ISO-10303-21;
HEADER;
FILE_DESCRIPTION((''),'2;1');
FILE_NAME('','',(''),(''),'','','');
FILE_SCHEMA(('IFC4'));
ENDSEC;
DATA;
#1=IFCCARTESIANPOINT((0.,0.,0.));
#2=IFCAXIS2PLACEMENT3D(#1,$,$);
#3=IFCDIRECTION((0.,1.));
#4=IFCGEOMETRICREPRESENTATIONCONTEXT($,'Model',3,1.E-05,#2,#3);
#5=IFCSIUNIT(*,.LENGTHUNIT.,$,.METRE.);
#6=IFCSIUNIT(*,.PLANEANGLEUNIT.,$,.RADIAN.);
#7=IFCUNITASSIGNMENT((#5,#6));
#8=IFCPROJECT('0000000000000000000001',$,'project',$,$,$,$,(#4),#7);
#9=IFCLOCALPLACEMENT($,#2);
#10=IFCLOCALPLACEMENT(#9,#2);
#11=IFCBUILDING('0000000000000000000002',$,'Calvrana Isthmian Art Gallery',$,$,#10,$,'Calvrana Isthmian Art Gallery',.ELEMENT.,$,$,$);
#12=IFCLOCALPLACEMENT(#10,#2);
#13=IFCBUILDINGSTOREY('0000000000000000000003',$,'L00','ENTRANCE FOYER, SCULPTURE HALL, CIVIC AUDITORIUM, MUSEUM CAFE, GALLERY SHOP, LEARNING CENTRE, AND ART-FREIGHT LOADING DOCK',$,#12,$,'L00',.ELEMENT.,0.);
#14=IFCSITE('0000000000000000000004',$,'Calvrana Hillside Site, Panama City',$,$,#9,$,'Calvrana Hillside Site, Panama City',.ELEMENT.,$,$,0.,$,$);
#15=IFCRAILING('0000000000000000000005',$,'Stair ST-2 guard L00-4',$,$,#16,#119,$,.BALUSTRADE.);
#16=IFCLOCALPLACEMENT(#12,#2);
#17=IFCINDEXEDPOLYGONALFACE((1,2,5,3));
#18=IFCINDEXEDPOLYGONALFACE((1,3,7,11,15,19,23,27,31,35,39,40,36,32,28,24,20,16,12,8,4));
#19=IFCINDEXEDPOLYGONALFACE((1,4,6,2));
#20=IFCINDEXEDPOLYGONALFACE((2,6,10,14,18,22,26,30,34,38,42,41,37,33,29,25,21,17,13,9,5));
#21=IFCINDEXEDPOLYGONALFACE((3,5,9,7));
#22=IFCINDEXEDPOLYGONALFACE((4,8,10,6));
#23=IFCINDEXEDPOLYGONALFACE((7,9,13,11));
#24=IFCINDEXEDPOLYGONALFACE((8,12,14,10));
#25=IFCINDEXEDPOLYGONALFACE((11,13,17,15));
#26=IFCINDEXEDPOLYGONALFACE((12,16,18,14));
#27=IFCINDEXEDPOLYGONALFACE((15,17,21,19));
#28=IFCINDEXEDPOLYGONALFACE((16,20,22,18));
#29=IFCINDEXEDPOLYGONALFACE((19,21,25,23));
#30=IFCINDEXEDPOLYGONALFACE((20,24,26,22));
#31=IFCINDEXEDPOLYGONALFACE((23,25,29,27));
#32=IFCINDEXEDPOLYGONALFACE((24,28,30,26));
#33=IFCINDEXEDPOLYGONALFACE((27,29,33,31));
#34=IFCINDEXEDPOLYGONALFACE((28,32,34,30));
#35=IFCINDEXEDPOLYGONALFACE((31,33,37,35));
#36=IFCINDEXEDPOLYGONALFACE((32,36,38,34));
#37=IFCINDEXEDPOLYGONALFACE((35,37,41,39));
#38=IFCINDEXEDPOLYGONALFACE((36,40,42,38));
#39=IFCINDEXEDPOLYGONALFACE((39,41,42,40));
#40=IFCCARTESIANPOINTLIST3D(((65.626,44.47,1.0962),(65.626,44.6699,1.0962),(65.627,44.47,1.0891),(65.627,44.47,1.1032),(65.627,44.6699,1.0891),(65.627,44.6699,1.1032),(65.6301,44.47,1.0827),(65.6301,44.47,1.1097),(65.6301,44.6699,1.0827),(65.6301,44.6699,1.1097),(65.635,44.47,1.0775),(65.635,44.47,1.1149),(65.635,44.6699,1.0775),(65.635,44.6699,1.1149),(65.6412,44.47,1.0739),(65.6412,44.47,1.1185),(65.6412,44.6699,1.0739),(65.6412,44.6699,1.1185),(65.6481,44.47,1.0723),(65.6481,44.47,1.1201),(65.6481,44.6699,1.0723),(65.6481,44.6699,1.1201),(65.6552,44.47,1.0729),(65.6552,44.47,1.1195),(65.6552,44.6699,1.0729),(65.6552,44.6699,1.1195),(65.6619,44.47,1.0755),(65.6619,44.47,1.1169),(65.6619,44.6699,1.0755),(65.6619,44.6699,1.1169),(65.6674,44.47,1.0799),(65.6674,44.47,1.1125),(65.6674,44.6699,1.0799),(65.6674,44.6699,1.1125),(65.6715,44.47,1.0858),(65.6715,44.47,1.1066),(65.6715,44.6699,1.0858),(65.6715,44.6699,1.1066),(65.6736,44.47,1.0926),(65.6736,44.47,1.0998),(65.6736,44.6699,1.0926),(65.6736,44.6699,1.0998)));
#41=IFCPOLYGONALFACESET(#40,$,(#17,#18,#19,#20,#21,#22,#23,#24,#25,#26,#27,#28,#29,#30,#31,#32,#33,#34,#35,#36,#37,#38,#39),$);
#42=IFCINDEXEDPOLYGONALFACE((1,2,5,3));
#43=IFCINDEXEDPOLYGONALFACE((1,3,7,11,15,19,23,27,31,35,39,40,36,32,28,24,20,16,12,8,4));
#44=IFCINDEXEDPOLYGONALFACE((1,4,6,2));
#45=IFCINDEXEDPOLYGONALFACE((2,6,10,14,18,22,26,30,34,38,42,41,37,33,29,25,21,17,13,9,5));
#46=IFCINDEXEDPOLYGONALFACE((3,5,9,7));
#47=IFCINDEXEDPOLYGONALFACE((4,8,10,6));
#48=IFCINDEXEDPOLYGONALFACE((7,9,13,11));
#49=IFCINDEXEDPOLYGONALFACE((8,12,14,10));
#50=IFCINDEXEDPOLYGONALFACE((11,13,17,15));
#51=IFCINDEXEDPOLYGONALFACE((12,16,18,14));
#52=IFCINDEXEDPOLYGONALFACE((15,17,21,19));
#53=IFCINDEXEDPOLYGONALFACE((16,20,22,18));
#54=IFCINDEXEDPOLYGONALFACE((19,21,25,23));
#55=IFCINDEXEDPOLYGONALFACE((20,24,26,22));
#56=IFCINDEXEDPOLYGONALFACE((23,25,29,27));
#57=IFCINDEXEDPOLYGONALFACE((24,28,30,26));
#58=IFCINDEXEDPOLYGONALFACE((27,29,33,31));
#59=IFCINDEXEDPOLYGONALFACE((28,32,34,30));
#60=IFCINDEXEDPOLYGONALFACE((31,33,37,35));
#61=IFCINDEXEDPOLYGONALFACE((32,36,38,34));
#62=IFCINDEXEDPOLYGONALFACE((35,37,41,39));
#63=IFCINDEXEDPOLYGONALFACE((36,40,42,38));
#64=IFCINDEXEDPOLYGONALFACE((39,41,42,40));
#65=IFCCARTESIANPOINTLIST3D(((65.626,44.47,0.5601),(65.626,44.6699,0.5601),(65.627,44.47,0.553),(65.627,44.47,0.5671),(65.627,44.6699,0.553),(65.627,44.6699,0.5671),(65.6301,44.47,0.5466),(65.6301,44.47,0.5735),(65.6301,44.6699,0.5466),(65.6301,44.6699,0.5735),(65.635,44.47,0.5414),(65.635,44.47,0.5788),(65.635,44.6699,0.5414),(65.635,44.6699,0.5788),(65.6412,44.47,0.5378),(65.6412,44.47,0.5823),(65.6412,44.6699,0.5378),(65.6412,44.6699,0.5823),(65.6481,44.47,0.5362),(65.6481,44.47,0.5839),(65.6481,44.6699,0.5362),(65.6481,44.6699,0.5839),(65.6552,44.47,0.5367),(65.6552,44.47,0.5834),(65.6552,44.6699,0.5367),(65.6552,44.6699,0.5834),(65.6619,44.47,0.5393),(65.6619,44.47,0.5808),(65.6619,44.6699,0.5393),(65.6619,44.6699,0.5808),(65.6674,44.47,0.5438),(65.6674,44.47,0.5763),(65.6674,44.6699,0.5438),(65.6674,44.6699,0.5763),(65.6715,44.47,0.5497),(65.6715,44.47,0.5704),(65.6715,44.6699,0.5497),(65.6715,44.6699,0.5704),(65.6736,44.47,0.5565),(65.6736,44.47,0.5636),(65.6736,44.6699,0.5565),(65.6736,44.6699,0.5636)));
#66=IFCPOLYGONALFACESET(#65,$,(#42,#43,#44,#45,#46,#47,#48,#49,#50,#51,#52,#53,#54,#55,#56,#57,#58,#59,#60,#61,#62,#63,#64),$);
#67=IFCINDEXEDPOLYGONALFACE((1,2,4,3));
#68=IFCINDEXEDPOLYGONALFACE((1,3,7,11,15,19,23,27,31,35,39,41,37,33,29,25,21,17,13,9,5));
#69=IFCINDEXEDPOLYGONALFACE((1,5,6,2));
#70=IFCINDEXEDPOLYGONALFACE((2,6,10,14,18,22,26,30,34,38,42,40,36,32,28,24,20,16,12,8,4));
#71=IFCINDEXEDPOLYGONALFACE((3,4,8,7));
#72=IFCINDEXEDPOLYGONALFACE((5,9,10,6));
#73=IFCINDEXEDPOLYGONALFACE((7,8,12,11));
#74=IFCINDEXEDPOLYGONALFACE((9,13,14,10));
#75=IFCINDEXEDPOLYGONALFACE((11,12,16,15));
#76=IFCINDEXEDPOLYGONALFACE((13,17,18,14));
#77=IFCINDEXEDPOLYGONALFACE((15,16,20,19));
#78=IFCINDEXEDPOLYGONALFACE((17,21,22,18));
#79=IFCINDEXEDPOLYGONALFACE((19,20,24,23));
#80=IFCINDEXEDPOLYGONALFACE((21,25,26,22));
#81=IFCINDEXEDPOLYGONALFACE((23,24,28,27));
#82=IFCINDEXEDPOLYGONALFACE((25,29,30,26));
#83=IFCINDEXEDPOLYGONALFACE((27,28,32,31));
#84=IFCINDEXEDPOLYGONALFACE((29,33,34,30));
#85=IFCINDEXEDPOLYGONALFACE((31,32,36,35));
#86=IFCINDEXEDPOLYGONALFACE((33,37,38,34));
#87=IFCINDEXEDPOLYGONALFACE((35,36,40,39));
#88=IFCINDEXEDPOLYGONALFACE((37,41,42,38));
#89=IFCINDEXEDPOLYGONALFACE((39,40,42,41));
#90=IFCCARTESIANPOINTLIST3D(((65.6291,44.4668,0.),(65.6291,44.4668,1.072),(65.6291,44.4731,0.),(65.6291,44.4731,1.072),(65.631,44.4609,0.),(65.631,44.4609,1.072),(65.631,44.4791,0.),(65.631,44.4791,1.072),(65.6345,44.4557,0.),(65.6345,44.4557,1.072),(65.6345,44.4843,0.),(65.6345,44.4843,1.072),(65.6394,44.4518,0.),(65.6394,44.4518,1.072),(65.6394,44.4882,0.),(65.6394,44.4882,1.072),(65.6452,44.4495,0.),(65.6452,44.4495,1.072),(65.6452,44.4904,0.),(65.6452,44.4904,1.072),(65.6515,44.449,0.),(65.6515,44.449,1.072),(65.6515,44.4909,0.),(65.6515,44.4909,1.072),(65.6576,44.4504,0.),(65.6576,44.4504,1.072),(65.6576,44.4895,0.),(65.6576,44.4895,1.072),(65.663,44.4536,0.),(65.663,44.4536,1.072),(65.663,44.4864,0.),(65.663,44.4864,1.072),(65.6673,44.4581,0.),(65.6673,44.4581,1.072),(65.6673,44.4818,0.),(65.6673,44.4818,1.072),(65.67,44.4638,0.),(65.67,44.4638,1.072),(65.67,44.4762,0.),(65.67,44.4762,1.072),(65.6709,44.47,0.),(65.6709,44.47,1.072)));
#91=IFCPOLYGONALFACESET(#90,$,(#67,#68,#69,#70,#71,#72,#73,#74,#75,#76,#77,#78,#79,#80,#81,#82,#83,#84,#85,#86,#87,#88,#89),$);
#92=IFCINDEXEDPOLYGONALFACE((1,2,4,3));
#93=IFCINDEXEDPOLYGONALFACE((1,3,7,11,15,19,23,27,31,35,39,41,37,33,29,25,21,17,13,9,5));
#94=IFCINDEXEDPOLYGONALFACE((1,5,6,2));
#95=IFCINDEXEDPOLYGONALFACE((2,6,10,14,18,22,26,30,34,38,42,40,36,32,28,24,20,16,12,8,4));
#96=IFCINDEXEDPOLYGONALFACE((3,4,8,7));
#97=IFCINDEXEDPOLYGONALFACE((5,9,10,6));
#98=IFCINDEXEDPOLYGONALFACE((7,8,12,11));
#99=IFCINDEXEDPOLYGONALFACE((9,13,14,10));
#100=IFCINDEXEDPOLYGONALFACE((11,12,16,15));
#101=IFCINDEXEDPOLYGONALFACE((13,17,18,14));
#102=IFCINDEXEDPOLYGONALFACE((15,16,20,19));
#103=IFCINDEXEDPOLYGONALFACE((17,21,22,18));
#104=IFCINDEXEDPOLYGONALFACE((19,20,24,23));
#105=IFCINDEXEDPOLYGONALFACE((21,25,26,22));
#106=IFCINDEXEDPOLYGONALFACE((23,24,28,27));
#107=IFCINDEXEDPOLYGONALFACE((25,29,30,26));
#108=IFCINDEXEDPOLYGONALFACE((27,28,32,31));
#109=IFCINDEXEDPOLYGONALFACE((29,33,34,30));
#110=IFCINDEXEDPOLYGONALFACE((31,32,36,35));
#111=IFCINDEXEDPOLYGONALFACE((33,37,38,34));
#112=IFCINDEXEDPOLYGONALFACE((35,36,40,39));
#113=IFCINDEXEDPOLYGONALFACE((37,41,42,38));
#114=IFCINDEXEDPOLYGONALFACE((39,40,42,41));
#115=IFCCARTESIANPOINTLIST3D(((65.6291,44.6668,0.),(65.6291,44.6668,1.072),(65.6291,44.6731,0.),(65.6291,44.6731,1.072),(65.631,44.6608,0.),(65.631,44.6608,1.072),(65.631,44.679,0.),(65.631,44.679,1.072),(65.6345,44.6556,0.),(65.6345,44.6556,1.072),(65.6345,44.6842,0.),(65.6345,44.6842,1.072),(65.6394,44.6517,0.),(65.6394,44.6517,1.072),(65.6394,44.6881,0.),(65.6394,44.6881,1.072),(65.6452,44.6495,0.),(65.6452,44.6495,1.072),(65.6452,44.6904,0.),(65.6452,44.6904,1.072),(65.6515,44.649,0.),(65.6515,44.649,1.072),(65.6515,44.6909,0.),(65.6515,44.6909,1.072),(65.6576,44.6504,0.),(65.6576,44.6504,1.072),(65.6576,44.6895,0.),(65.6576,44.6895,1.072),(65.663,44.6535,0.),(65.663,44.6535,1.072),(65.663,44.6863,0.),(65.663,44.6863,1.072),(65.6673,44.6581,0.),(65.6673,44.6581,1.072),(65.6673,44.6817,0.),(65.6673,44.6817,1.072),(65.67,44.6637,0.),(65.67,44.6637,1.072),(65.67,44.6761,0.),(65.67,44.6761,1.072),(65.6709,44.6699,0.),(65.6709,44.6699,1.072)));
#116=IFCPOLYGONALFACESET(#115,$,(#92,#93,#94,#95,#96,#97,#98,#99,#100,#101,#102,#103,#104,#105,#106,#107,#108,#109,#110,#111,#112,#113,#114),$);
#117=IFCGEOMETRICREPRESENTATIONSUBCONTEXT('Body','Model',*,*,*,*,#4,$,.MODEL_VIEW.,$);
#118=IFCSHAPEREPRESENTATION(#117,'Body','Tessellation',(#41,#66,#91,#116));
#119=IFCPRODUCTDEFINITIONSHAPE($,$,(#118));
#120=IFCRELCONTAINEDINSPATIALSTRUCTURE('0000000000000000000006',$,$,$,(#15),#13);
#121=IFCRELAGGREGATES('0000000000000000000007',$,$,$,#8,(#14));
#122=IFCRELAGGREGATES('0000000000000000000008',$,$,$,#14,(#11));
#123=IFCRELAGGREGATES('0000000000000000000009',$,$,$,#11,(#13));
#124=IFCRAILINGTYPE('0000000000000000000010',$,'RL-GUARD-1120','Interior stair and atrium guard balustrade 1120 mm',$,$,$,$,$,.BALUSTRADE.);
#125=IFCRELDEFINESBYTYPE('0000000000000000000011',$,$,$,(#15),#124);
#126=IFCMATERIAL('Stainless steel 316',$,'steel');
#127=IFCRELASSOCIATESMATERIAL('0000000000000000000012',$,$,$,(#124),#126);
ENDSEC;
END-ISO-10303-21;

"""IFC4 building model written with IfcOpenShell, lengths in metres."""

from ifc_helpers import new_model, si_unit, direction, frame, origin, origin_2d, place, context, subcontext, project, spatial, circle, extrude, material, type_object, element, save


model = new_model("IFC4")

# Units and contexts
model_context = context("Model", 3, precision=1e-05, world=origin(), true_north=direction((0.0, 1.0)))
body_context = subcontext(model_context, "Body", "Model", "MODEL_VIEW")
ifc_project = project(units=[si_unit("LENGTHUNIT", "METRE"), si_unit("PLANEANGLEUNIT", "RADIAN")], contexts=[model_context])

# Site, building, storey
site_placement = place(None, origin())
site = spatial("IfcSite", under=ifc_project, at=site_placement, Name="Calvrana Hillside Site, Panama City", LongName="Calvrana Hillside Site, Panama City", CompositionType="ELEMENT", RefElevation=0.0)
building_placement = place(site_placement, origin())
building = spatial("IfcBuilding", under=site, at=building_placement, Name="Calvrana Isthmian Art Gallery", LongName="Calvrana Isthmian Art Gallery", CompositionType="ELEMENT")
storey_placement = place(building_placement, origin())
storey = spatial("IfcBuildingStorey", under=building, at=storey_placement, Name="L00", Description="ENTRANCE FOYER, SCULPTURE HALL, CIVIC AUDITORIUM, MUSEUM CAFE, GALLERY SHOP, LEARNING CENTRE, AND ART-FREIGHT LOADING DOCK", LongName="L00", CompositionType="ELEMENT", Elevation=0.0)

# Railing
ifc_material_1 = material(Name="Stainless steel 316", Category="steel")
railing_type_1 = type_object("IfcRailingType", Name="RL-GUARD-1120", Description="Interior stair and atrium guard balustrade 1120 mm", PredefinedType="BALUSTRADE", material=ifc_material_1)
railing_1_placement = place(storey_placement, frame((65.6499, 44.47, 0.0)))
element("IfcRailing", 1, at=railing_1_placement, inside=storey, type_object=railing_type_1, Name="Stair ST-2 guard L00-4", PredefinedType="BALUSTRADE", context=body_context, shape_type="SweptSolid", body=[
    extrude(circle(Radius=0.0239, at=origin_2d()), frame((0.0, 0.0, 1.0962), z_axis=(0.0, 1.0, 0.0), x_axis=(-1.0, 0.0, 0.0)), (0.0, 0.0, 1.0), 0.2),
    extrude(circle(Radius=0.0239, at=origin_2d()), frame((0.0, 0.0, 0.5601), z_axis=(0.0, 1.0, 0.0), x_axis=(-1.0, 0.0, 0.0)), (0.0, 0.0, 1.0), 0.2),
    extrude(circle(Radius=0.021, at=origin_2d()), origin(), (0.0, 0.0, 1.0), 1.072),
    extrude(circle(Radius=0.021, at=origin_2d()), frame((0.0, 0.2, 0.0)), (0.0, 0.0, 1.0), 1.072),
])

save(model, "model.ifc")
